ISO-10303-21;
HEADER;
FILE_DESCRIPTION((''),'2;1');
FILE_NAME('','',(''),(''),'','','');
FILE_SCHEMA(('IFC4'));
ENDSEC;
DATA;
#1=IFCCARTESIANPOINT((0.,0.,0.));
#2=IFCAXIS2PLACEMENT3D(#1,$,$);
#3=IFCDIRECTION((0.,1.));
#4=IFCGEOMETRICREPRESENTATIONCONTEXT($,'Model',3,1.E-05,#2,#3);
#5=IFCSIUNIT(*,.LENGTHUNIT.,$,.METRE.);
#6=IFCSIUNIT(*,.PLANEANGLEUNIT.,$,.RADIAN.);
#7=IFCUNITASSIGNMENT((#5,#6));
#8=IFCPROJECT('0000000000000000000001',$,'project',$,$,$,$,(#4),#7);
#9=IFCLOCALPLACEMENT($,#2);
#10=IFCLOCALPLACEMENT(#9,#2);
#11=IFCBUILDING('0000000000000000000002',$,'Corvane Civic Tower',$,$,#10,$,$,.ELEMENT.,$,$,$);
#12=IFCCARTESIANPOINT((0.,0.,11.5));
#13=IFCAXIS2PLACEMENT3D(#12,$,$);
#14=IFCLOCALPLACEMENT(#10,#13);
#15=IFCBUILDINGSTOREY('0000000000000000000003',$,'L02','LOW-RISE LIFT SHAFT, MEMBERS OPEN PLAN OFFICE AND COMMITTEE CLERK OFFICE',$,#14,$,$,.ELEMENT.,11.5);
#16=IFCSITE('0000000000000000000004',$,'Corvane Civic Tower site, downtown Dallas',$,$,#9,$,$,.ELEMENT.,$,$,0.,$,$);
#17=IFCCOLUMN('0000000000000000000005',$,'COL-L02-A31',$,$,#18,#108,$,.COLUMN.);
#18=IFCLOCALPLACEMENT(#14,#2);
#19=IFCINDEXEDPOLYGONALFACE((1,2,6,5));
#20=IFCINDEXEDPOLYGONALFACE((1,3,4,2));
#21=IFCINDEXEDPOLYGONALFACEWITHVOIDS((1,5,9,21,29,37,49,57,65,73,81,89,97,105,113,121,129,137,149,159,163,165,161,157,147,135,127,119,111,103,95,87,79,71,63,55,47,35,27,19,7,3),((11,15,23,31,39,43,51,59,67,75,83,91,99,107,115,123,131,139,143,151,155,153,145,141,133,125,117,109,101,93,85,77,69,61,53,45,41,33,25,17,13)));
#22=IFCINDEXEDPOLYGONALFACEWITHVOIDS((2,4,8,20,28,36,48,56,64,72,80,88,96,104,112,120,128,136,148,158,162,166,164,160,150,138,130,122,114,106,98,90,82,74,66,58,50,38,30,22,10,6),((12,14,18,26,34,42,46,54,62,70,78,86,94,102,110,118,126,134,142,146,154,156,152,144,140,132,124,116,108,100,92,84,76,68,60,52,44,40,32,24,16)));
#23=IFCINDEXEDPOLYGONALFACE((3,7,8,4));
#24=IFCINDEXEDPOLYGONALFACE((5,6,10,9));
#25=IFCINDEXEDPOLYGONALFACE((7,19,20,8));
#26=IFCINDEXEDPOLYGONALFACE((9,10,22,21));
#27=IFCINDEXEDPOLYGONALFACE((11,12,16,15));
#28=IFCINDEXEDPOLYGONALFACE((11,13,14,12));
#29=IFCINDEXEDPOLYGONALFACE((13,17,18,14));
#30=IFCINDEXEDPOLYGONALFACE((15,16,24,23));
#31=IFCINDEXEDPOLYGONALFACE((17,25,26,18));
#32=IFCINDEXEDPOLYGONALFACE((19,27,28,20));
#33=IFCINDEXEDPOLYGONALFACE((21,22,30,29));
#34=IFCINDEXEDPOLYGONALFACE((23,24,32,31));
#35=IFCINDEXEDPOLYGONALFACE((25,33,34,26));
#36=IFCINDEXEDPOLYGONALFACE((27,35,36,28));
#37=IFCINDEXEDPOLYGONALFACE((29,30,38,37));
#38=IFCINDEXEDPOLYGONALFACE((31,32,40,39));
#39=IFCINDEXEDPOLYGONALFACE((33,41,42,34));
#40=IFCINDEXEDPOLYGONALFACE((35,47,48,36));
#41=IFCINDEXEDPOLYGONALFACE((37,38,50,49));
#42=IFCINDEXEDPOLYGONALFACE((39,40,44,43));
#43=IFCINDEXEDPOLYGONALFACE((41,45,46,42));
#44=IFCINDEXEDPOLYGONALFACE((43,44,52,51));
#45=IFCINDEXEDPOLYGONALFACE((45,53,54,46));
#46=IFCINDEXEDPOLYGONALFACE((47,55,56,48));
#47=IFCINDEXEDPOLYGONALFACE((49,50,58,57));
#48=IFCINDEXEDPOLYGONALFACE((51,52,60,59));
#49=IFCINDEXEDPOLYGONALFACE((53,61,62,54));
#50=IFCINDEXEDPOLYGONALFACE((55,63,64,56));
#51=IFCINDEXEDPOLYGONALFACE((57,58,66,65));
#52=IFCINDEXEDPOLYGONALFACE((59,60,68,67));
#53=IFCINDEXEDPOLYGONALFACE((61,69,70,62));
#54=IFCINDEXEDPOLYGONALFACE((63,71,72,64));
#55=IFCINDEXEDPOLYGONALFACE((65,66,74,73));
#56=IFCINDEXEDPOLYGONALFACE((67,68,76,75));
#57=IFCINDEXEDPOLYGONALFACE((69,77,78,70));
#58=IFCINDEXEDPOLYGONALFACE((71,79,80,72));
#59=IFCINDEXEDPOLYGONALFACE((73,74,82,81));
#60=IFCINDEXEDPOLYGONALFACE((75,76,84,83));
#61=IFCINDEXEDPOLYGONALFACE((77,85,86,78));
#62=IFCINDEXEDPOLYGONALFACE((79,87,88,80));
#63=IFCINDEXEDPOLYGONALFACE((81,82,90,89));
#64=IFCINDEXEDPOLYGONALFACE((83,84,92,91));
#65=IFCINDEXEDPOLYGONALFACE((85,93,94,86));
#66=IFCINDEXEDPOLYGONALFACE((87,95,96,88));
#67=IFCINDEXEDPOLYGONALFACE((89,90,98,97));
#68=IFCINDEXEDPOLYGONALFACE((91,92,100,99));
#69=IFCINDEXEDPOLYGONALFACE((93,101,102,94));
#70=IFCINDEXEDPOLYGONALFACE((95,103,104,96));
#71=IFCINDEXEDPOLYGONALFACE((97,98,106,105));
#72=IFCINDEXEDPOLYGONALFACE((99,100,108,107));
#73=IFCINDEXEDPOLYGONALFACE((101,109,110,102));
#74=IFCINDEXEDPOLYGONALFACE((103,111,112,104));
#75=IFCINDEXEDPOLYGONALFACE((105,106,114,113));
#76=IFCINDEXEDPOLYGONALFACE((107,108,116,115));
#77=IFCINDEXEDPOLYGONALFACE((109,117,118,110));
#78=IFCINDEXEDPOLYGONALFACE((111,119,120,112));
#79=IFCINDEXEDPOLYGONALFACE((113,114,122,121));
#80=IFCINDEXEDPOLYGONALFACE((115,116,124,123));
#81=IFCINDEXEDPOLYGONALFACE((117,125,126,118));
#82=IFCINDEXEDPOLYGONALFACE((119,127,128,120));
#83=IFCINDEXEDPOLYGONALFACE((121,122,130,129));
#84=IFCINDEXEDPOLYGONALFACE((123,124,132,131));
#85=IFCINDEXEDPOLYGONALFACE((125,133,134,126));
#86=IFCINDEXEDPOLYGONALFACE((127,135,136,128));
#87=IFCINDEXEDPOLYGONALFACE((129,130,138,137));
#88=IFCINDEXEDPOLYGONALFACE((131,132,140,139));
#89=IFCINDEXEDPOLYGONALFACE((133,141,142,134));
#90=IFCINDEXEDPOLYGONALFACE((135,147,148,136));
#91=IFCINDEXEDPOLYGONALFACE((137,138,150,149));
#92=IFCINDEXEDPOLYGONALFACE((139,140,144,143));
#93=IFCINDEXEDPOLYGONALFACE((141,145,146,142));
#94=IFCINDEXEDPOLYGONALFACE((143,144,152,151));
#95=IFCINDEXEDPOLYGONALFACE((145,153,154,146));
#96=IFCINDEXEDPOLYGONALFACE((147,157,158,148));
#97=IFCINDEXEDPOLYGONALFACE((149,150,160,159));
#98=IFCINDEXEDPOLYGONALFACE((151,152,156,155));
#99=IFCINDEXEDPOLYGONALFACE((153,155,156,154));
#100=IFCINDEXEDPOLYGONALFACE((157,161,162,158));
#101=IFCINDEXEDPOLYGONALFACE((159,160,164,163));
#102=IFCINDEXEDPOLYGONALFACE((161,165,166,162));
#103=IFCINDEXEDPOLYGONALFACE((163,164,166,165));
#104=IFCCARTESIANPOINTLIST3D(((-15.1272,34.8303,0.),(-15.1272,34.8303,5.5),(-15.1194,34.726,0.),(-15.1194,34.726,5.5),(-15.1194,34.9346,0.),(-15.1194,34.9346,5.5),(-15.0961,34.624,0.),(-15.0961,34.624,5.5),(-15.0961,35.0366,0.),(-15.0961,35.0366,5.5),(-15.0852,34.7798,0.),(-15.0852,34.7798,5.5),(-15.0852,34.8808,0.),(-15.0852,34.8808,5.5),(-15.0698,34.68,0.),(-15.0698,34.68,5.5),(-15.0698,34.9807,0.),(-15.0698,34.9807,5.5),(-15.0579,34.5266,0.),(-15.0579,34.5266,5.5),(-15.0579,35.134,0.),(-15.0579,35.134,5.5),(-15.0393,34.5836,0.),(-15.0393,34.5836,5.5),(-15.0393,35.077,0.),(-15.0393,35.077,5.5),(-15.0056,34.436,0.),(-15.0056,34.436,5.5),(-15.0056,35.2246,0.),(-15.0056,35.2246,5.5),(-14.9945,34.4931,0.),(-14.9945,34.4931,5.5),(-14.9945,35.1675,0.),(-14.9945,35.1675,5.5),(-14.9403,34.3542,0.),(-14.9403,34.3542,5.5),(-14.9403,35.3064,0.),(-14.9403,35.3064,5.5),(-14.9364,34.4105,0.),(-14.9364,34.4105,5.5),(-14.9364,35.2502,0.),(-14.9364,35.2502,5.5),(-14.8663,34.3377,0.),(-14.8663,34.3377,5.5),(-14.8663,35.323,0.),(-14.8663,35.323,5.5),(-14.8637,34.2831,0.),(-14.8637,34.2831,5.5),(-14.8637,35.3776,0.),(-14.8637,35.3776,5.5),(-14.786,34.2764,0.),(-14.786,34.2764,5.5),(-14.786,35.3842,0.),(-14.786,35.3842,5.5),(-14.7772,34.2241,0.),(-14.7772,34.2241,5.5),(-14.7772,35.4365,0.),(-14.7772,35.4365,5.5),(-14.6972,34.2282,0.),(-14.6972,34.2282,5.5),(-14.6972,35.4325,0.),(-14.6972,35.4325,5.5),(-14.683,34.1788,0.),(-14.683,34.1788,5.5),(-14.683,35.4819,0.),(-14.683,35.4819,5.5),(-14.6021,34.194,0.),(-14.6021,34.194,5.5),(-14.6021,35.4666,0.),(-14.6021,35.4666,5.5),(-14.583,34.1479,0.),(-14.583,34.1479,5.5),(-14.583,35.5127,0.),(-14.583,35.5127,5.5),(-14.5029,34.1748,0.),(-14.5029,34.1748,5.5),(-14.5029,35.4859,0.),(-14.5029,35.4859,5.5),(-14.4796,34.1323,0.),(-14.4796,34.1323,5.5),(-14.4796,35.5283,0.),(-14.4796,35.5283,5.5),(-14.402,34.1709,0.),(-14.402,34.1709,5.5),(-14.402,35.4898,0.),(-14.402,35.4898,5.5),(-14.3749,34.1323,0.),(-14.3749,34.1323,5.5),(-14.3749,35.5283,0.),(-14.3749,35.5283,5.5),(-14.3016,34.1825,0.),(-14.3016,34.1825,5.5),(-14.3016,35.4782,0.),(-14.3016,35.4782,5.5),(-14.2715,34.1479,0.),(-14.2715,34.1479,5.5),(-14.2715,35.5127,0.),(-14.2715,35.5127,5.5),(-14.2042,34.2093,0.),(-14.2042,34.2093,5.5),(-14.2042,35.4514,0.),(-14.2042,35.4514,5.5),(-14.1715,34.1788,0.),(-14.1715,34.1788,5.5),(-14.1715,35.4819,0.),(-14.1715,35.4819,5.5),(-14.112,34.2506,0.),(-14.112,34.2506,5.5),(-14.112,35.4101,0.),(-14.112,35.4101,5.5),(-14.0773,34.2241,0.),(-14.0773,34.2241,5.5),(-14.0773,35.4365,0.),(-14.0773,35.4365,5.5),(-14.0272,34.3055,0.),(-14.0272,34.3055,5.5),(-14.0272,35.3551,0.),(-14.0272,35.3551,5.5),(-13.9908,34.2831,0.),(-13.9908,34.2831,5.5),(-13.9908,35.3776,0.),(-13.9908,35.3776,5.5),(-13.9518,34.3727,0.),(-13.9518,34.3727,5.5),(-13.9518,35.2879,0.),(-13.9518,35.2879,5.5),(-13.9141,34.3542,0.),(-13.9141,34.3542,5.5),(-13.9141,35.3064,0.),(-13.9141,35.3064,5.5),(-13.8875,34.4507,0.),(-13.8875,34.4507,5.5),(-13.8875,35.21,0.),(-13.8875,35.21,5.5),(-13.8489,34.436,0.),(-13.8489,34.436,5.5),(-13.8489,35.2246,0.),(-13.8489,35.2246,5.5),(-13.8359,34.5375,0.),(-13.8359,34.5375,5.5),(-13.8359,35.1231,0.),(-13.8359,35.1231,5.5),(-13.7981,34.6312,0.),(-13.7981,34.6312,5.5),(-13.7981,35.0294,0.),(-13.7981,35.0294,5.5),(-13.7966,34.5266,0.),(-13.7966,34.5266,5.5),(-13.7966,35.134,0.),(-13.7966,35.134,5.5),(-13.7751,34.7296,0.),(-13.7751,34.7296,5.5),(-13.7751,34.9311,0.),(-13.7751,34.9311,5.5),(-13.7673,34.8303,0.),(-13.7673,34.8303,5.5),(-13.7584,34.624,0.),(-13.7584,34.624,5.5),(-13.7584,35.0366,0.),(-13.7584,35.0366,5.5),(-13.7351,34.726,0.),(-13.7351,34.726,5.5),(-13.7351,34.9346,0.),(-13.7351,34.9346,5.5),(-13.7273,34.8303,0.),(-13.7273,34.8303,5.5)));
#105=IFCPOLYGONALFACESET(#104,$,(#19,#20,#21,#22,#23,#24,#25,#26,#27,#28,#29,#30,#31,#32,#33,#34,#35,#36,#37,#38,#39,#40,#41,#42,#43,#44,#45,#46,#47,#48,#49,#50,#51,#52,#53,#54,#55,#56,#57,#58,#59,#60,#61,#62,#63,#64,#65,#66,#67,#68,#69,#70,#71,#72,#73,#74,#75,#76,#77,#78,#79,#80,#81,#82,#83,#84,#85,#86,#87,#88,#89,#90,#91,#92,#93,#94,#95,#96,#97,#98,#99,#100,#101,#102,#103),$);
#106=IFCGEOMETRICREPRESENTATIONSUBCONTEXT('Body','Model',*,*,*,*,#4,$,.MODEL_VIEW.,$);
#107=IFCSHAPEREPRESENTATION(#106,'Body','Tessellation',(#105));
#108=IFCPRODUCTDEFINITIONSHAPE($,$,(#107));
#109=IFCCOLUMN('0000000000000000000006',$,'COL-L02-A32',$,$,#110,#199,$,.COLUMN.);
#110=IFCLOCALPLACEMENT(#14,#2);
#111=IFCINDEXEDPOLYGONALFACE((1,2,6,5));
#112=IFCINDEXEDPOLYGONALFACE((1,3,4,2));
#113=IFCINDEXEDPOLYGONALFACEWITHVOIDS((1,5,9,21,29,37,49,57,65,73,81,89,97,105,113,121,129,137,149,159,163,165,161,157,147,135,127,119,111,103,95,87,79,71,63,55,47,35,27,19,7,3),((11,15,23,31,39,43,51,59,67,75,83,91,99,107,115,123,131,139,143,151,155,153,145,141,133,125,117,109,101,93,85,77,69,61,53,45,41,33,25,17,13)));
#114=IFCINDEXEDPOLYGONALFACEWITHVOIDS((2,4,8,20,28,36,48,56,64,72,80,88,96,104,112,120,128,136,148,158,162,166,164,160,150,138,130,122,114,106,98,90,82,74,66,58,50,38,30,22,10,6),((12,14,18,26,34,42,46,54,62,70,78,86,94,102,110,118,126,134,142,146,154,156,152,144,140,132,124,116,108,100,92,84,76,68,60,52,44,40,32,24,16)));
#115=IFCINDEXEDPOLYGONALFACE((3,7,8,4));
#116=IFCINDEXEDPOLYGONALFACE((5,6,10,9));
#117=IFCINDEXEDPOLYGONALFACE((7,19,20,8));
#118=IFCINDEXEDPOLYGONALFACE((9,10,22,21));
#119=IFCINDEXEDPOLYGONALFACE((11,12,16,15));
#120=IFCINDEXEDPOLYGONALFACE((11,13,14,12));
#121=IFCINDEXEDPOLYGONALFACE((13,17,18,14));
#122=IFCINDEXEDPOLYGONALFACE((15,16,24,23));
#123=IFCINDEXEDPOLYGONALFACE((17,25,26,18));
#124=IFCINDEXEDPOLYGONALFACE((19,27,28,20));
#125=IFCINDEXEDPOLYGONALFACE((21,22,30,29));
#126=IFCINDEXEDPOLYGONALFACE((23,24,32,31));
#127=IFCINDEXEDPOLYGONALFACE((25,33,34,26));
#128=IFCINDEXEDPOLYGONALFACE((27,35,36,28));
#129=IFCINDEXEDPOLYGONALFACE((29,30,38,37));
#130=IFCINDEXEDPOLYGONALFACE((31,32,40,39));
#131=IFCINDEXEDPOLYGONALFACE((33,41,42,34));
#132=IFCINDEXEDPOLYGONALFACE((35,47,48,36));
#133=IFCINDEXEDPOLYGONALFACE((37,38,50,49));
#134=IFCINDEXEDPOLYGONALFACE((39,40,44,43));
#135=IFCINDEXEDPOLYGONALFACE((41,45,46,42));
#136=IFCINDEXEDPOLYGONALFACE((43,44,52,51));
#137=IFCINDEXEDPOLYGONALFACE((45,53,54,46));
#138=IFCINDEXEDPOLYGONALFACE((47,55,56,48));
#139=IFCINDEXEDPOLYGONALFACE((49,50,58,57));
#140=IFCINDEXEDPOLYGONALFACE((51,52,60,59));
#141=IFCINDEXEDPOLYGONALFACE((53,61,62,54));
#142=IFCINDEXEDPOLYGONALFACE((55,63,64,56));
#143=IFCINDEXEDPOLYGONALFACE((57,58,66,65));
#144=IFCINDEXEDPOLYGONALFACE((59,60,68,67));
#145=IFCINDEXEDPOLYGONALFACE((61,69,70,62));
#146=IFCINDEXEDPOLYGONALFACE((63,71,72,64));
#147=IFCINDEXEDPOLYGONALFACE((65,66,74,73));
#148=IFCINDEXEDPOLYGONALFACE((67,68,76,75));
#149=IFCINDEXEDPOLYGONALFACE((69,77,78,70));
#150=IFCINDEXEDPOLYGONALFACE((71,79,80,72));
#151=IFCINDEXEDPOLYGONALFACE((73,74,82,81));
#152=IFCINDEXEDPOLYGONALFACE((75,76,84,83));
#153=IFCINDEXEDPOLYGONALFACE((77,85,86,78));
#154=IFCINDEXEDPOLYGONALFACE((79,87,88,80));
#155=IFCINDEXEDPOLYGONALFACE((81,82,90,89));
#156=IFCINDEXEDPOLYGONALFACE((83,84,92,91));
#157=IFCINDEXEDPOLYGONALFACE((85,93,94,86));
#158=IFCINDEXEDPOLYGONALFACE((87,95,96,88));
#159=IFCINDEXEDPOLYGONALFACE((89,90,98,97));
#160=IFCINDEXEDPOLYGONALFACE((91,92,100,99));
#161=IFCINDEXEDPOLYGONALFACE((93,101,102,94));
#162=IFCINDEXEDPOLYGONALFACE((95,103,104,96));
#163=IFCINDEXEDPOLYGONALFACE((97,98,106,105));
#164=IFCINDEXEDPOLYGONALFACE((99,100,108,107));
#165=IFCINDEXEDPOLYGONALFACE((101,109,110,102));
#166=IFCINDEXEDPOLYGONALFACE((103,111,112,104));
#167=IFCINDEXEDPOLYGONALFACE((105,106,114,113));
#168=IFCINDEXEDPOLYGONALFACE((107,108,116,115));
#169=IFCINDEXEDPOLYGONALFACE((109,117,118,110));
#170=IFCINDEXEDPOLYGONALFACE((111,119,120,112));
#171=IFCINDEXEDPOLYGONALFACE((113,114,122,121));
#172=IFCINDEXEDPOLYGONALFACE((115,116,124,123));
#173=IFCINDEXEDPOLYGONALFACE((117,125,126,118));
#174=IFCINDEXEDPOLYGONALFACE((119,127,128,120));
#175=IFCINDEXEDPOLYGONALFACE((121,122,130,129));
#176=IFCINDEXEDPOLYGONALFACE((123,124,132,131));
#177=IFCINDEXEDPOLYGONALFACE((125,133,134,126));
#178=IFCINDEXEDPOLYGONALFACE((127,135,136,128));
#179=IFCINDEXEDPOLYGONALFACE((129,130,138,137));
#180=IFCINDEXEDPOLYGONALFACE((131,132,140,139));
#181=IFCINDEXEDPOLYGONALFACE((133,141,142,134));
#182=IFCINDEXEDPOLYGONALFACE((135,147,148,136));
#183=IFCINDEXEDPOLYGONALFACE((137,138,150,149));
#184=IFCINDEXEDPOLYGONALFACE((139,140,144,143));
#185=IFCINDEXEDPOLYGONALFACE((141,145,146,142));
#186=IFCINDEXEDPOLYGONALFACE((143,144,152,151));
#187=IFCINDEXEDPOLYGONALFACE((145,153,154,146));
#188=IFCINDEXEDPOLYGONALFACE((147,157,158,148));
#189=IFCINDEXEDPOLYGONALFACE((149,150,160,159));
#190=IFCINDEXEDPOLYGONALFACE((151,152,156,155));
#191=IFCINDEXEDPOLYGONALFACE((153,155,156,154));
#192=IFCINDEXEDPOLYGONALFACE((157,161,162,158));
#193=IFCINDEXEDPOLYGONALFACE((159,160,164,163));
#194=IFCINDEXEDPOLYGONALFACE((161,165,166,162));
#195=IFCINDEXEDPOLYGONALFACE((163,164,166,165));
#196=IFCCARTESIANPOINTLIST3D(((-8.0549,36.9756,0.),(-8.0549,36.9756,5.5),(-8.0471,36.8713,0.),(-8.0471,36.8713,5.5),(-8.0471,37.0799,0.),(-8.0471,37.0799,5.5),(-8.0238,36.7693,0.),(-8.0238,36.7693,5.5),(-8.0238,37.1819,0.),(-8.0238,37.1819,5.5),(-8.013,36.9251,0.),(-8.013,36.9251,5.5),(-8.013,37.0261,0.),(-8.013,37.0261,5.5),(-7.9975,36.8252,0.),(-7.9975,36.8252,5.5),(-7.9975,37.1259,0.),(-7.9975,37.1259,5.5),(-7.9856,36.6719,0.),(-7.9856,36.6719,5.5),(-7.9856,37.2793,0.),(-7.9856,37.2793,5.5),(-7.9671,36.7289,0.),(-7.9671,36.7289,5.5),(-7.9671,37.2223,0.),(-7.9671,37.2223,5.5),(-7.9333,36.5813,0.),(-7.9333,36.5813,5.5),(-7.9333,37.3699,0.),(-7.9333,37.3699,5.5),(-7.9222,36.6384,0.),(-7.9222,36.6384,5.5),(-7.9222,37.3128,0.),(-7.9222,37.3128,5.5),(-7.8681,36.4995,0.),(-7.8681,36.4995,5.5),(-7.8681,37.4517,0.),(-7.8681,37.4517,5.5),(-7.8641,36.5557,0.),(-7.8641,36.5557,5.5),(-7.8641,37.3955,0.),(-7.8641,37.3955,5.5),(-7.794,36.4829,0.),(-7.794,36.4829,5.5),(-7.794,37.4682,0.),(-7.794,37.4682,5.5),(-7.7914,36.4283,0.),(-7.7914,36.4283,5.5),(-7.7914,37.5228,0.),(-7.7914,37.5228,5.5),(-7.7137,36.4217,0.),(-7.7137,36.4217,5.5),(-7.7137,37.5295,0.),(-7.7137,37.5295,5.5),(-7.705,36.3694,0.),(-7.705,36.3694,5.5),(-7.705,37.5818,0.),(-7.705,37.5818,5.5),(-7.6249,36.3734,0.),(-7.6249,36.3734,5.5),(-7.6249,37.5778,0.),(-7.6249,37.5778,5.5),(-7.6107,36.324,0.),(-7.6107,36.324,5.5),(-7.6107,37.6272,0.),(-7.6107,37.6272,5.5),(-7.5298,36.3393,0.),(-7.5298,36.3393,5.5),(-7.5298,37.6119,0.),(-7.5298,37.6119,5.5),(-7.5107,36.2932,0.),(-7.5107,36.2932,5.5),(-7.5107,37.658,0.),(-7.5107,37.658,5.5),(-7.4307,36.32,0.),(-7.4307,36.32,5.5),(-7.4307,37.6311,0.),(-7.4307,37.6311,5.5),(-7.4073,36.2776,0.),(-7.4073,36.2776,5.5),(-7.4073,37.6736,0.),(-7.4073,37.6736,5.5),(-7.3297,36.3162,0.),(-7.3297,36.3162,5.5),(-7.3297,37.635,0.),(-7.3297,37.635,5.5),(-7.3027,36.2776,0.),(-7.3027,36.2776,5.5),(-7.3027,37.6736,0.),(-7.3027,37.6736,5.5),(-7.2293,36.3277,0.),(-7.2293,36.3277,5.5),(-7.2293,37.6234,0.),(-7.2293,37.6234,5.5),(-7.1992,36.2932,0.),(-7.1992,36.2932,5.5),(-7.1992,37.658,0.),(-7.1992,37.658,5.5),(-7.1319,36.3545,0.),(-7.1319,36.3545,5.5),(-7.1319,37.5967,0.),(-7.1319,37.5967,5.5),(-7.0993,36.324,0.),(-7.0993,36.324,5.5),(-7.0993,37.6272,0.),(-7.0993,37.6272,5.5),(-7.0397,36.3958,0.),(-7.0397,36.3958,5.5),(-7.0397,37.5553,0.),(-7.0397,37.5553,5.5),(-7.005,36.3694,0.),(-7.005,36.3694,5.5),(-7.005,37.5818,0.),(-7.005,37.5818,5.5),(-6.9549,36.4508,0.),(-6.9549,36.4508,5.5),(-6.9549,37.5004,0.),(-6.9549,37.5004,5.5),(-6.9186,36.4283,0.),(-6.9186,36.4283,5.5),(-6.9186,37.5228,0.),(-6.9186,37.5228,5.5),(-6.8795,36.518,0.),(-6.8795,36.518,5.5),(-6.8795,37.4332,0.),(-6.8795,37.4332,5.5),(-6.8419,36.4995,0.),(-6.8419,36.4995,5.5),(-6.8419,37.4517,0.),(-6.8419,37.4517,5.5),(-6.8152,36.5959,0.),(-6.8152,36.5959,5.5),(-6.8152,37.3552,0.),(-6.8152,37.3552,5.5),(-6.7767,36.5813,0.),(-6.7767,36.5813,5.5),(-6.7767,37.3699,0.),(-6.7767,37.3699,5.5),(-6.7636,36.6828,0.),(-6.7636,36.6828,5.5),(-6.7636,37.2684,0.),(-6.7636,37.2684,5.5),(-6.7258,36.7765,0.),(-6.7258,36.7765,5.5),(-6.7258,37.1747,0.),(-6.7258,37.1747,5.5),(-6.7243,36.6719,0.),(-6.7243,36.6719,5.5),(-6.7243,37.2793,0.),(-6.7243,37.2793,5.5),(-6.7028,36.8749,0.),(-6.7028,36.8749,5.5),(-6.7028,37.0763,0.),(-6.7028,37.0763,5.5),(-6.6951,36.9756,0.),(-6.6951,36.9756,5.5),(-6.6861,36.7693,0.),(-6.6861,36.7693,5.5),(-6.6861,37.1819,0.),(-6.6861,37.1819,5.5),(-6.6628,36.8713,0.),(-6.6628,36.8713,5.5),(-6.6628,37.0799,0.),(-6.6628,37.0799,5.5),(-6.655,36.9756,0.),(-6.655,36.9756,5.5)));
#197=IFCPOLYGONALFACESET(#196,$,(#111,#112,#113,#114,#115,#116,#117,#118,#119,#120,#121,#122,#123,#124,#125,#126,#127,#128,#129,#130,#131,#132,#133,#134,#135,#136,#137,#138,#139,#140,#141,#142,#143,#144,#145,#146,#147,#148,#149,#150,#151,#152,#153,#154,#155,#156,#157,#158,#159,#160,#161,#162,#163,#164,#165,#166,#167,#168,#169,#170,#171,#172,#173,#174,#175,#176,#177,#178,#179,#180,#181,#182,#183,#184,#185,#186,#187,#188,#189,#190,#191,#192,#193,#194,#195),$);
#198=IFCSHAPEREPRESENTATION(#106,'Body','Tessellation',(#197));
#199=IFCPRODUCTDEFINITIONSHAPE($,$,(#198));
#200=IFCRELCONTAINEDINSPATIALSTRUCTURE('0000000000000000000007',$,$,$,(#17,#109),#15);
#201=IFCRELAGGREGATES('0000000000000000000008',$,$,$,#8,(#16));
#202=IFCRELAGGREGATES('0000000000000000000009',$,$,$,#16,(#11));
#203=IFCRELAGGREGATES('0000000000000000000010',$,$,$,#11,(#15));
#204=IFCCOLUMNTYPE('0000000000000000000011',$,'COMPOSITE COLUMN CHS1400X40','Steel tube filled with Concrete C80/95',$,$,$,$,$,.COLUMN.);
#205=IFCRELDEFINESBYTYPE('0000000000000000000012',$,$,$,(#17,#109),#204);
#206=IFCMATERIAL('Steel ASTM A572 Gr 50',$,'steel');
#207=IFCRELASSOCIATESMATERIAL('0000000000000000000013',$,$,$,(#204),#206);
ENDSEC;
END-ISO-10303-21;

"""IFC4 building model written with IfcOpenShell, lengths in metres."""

from ifc_helpers import new_model, si_unit, direction, frame, origin, origin_2d, place, context, subcontext, project, spatial, hollow_circle, extrude, material, material_profile, profile_set, type_object, element, save


model = new_model("IFC4")

# Units and contexts
model_context = context("Model", 3, precision=1e-05, world=origin(), true_north=direction((0.0, 1.0)))
body_context = subcontext(model_context, "Body", "Model", "MODEL_VIEW")
ifc_project = project(units=[si_unit("LENGTHUNIT", "METRE"), si_unit("PLANEANGLEUNIT", "RADIAN")], contexts=[model_context])

# Site, building, storey
site_placement = place(None, origin())
site = spatial("IfcSite", under=ifc_project, at=site_placement, Name="Corvane Civic Tower site, downtown Dallas", CompositionType="ELEMENT", RefElevation=0.0)
building_placement = place(site_placement, origin())
building = spatial("IfcBuilding", under=site, at=building_placement, Name="Corvane Civic Tower", CompositionType="ELEMENT")
storey_placement = place(building_placement, frame((0.0, 0.0, 11.5)))
storey = spatial("IfcBuildingStorey", under=building, at=storey_placement, Name="L02", Description="LOW-RISE LIFT SHAFT, MEMBERS OPEN PLAN OFFICE AND COMMITTEE CLERK OFFICE", CompositionType="ELEMENT", Elevation=11.5)

# Columns
ifc_material_1 = material(Name="Steel ASTM A572 Gr 50", Category="steel")
ifc_material_profile_1 = material_profile(ifc_material_1, hollow_circle(Radius=0.7, WallThickness=0.04, at=origin_2d()), Name="CHS1400X40")
ifc_profile_set_1 = profile_set([ifc_material_profile_1], Name="Steel ASTM A572 Gr 50")
column_type_1 = type_object("IfcColumnType", Name="COMPOSITE COLUMN CHS1400X40", Description="Steel tube filled with Concrete C80/95", PredefinedType="COLUMN", material=ifc_profile_set_1)
for number, where, z_axis, x_axis, name in (
    (1, (-14.4272, 34.8303, 0.0), (0.0, 0.0, 1.0), (1.0, 0.0, 0.0), "COL-L02-A31"),
    (2, (-7.355, 36.9756, 0.0), (0.0, 0.0, 1.0), (1.0, 0.0, 0.0), "COL-L02-A32"),
):
    element("IfcColumn", number, at=place(storey_placement, frame(where, z_axis=z_axis, x_axis=x_axis)), inside=storey, type_object=column_type_1, Name=name, PredefinedType="COLUMN", context=body_context, shape_type="SweptSolid", body=[
        extrude(hollow_circle(Radius=0.7, WallThickness=0.04, at=origin_2d()), origin(), (0.0, 0.0, 1.0), 5.5),
    ])

save(model, "model.ifc")
